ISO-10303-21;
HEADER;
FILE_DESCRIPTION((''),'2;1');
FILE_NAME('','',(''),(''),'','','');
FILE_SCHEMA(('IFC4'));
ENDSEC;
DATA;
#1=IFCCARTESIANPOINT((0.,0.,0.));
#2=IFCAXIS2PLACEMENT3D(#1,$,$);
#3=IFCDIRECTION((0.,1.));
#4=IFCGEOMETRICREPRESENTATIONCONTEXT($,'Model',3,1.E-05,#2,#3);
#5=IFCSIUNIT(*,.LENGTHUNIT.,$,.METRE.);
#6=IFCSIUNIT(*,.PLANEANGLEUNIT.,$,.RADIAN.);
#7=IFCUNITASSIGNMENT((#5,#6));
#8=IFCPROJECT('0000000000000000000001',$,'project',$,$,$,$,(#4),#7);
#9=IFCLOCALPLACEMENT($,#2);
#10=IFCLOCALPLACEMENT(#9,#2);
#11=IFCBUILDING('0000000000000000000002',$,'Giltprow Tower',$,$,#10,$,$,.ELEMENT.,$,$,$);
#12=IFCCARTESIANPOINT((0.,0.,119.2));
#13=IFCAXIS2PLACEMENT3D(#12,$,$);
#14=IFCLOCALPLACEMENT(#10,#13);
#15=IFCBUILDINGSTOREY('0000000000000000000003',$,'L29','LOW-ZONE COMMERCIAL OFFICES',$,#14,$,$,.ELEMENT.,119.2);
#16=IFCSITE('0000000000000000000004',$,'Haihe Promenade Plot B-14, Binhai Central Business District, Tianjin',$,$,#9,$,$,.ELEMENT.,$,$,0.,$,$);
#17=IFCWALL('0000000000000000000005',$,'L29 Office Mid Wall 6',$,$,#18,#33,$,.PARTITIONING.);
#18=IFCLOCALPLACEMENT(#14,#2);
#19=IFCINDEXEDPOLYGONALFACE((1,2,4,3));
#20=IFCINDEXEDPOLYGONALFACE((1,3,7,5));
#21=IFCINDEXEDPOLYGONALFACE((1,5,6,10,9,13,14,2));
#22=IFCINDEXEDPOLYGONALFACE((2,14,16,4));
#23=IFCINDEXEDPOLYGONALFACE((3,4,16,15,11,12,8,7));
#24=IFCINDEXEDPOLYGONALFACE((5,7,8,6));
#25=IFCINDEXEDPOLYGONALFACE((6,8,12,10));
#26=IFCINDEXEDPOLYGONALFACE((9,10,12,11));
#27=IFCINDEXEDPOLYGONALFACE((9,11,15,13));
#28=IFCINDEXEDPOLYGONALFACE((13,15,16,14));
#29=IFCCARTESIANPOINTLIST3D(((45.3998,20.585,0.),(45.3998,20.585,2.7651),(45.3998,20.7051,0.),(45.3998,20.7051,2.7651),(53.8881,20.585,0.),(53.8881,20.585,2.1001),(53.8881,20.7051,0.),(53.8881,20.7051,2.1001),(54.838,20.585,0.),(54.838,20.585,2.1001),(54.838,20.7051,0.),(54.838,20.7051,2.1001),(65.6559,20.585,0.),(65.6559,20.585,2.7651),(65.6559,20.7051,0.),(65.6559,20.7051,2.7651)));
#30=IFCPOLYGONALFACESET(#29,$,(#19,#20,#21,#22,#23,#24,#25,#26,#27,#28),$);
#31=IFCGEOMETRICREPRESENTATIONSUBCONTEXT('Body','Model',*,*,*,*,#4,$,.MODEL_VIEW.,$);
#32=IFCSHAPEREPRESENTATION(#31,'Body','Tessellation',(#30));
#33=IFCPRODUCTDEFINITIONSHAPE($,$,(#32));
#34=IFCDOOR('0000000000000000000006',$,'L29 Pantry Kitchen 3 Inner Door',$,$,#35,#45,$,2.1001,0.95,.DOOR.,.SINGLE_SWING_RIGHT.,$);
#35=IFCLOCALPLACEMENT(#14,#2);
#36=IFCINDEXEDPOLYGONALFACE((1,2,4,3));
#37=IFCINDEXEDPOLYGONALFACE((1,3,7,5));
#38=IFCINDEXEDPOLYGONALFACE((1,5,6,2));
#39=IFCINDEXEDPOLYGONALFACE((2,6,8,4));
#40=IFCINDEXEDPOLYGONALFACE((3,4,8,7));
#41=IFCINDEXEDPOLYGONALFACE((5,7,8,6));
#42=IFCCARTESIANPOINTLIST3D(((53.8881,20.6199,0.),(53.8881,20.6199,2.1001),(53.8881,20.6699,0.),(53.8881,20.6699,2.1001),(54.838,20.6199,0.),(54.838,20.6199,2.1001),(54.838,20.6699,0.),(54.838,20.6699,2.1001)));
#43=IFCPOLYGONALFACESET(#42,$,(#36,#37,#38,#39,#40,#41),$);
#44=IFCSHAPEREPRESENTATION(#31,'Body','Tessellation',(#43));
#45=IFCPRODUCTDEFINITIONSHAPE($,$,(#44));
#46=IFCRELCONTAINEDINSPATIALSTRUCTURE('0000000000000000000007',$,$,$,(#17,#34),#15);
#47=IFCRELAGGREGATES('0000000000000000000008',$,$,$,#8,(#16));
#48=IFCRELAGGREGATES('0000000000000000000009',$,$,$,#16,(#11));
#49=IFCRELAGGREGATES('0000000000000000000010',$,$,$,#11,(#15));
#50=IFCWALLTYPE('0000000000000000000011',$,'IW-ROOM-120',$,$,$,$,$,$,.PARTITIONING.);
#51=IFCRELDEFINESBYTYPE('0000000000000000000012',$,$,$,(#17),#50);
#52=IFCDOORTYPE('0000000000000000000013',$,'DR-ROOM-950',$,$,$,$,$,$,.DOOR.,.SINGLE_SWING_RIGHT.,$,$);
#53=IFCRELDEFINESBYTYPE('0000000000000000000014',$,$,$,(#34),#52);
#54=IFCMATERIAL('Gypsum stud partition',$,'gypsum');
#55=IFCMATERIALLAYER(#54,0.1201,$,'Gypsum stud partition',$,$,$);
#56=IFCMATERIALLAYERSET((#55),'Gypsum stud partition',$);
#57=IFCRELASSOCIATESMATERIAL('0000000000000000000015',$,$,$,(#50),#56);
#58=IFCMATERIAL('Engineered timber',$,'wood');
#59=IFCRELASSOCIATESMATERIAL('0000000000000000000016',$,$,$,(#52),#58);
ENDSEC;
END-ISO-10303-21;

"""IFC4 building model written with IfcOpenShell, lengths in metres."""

from ifc_helpers import new_model, si_unit, direction, frame, frame_2d, origin, place, context, subcontext, project, spatial, rectangle, extrude, source, transform, mapped, material, layer, layer_set, type_object, element, fill, save


model = new_model("IFC4")

# Units and contexts
model_context = context("Model", 3, precision=1e-05, world=origin(), true_north=direction((0.0, 1.0)))
body_context = subcontext(model_context, "Body", "Model", "MODEL_VIEW")
ifc_project = project(units=[si_unit("LENGTHUNIT", "METRE"), si_unit("PLANEANGLEUNIT", "RADIAN")], contexts=[model_context])

# Site, building, storey
site_placement = place(None, origin())
site = spatial("IfcSite", under=ifc_project, at=site_placement, Name="Haihe Promenade Plot B-14, Binhai Central Business District, Tianjin", CompositionType="ELEMENT", RefElevation=0.0)
building_placement = place(site_placement, origin())
building = spatial("IfcBuilding", under=site, at=building_placement, Name="Giltprow Tower", CompositionType="ELEMENT")
storey_placement = place(building_placement, frame((0.0, 0.0, 119.2)))
storey = spatial("IfcBuildingStorey", under=building, at=storey_placement, Name="L29", Description="LOW-ZONE COMMERCIAL OFFICES", CompositionType="ELEMENT", Elevation=119.2)

# Wall, opening, door
ifc_material_1 = material(Name="Gypsum stud partition", Category="gypsum")
ifc_layer = layer(ifc_material_1, 0.1201, Name="Gypsum stud partition")
ifc_layer_set = layer_set([ifc_layer], Name="Gypsum stud partition")
wall_type = type_object("IfcWallType", Name="IW-ROOM-120", PredefinedType="PARTITIONING", material=ifc_layer_set)
ifc_material_2 = material(Name="Engineered timber", Category="wood")
door_type = type_object("IfcDoorType", Name="DR-ROOM-950", OperationType="SINGLE_SWING_RIGHT", PredefinedType="DOOR", material=ifc_material_2)
shared_shape_1 = source(origin(), body_context, "Body", "SweptSolid", [
    extrude(rectangle(XDim=0.95, YDim=2.1001, at=frame_2d((0.4751, 1.05))), frame((0.0, 0.0249, 0.0), z_axis=(0.0, -1.0, 0.0), x_axis=(1.0, 0.0, 0.0)), (0.0, 0.0, 1.0), 0.05),
])
wall_1_placement = place(storey_placement, frame((45.3999, 20.645, 0.0), z_axis=(0.0, 0.0, 1.0), x_axis=(1.0, 0.0, 0.0)))
wall_1 = element("IfcWall", 1, at=wall_1_placement, inside=storey, type_object=wall_type, Name="L29 Office Mid Wall 6", PredefinedType="PARTITIONING", context=body_context, shape_type="SweptSolid", body=[
    extrude(rectangle(XDim=20.2561, YDim=0.1201, at=frame_2d((10.1279, 0.0))), origin(), (0.0, 0.0, 1.0), 2.7651),
])
opening_1_placement = place(wall_1_placement, frame((8.488, 0.0, 0.0)))
opening_1 = element("IfcOpeningElement", 2, at=opening_1_placement, cuts=wall_1, PredefinedType="OPENING", context=body_context, shape_type="SweptSolid", body=[
    extrude(rectangle(XDim=0.95, YDim=2.1001, at=frame_2d((0.4751, 1.05))), frame((0.0, 0.0701, 0.0), z_axis=(0.0, -1.0, 0.0), x_axis=(1.0, 0.0, 0.0)), (0.0, 0.0, 1.0), 0.1401),
])
door_1_placement = place(opening_1_placement, origin())
door_1 = element("IfcDoor", 3, at=door_1_placement, inside=storey, type_object=door_type, Name="L29 Pantry Kitchen 3 Inner Door", OperationType="SINGLE_SWING_RIGHT", OverallHeight=2.1001, OverallWidth=0.95, PredefinedType="DOOR", context=body_context, shape_type="MappedRepresentation", body=[
    mapped(shared_shape_1, transform((0.0, 0.0, 0.0), x_axis=(1.0, 0.0, 0.0), y_axis=(0.0, 1.0, 0.0), z_axis=(0.0, 0.0, 1.0), scale=1.0)),
])
fill(opening_1, door_1)

save(model, "model.ifc")
